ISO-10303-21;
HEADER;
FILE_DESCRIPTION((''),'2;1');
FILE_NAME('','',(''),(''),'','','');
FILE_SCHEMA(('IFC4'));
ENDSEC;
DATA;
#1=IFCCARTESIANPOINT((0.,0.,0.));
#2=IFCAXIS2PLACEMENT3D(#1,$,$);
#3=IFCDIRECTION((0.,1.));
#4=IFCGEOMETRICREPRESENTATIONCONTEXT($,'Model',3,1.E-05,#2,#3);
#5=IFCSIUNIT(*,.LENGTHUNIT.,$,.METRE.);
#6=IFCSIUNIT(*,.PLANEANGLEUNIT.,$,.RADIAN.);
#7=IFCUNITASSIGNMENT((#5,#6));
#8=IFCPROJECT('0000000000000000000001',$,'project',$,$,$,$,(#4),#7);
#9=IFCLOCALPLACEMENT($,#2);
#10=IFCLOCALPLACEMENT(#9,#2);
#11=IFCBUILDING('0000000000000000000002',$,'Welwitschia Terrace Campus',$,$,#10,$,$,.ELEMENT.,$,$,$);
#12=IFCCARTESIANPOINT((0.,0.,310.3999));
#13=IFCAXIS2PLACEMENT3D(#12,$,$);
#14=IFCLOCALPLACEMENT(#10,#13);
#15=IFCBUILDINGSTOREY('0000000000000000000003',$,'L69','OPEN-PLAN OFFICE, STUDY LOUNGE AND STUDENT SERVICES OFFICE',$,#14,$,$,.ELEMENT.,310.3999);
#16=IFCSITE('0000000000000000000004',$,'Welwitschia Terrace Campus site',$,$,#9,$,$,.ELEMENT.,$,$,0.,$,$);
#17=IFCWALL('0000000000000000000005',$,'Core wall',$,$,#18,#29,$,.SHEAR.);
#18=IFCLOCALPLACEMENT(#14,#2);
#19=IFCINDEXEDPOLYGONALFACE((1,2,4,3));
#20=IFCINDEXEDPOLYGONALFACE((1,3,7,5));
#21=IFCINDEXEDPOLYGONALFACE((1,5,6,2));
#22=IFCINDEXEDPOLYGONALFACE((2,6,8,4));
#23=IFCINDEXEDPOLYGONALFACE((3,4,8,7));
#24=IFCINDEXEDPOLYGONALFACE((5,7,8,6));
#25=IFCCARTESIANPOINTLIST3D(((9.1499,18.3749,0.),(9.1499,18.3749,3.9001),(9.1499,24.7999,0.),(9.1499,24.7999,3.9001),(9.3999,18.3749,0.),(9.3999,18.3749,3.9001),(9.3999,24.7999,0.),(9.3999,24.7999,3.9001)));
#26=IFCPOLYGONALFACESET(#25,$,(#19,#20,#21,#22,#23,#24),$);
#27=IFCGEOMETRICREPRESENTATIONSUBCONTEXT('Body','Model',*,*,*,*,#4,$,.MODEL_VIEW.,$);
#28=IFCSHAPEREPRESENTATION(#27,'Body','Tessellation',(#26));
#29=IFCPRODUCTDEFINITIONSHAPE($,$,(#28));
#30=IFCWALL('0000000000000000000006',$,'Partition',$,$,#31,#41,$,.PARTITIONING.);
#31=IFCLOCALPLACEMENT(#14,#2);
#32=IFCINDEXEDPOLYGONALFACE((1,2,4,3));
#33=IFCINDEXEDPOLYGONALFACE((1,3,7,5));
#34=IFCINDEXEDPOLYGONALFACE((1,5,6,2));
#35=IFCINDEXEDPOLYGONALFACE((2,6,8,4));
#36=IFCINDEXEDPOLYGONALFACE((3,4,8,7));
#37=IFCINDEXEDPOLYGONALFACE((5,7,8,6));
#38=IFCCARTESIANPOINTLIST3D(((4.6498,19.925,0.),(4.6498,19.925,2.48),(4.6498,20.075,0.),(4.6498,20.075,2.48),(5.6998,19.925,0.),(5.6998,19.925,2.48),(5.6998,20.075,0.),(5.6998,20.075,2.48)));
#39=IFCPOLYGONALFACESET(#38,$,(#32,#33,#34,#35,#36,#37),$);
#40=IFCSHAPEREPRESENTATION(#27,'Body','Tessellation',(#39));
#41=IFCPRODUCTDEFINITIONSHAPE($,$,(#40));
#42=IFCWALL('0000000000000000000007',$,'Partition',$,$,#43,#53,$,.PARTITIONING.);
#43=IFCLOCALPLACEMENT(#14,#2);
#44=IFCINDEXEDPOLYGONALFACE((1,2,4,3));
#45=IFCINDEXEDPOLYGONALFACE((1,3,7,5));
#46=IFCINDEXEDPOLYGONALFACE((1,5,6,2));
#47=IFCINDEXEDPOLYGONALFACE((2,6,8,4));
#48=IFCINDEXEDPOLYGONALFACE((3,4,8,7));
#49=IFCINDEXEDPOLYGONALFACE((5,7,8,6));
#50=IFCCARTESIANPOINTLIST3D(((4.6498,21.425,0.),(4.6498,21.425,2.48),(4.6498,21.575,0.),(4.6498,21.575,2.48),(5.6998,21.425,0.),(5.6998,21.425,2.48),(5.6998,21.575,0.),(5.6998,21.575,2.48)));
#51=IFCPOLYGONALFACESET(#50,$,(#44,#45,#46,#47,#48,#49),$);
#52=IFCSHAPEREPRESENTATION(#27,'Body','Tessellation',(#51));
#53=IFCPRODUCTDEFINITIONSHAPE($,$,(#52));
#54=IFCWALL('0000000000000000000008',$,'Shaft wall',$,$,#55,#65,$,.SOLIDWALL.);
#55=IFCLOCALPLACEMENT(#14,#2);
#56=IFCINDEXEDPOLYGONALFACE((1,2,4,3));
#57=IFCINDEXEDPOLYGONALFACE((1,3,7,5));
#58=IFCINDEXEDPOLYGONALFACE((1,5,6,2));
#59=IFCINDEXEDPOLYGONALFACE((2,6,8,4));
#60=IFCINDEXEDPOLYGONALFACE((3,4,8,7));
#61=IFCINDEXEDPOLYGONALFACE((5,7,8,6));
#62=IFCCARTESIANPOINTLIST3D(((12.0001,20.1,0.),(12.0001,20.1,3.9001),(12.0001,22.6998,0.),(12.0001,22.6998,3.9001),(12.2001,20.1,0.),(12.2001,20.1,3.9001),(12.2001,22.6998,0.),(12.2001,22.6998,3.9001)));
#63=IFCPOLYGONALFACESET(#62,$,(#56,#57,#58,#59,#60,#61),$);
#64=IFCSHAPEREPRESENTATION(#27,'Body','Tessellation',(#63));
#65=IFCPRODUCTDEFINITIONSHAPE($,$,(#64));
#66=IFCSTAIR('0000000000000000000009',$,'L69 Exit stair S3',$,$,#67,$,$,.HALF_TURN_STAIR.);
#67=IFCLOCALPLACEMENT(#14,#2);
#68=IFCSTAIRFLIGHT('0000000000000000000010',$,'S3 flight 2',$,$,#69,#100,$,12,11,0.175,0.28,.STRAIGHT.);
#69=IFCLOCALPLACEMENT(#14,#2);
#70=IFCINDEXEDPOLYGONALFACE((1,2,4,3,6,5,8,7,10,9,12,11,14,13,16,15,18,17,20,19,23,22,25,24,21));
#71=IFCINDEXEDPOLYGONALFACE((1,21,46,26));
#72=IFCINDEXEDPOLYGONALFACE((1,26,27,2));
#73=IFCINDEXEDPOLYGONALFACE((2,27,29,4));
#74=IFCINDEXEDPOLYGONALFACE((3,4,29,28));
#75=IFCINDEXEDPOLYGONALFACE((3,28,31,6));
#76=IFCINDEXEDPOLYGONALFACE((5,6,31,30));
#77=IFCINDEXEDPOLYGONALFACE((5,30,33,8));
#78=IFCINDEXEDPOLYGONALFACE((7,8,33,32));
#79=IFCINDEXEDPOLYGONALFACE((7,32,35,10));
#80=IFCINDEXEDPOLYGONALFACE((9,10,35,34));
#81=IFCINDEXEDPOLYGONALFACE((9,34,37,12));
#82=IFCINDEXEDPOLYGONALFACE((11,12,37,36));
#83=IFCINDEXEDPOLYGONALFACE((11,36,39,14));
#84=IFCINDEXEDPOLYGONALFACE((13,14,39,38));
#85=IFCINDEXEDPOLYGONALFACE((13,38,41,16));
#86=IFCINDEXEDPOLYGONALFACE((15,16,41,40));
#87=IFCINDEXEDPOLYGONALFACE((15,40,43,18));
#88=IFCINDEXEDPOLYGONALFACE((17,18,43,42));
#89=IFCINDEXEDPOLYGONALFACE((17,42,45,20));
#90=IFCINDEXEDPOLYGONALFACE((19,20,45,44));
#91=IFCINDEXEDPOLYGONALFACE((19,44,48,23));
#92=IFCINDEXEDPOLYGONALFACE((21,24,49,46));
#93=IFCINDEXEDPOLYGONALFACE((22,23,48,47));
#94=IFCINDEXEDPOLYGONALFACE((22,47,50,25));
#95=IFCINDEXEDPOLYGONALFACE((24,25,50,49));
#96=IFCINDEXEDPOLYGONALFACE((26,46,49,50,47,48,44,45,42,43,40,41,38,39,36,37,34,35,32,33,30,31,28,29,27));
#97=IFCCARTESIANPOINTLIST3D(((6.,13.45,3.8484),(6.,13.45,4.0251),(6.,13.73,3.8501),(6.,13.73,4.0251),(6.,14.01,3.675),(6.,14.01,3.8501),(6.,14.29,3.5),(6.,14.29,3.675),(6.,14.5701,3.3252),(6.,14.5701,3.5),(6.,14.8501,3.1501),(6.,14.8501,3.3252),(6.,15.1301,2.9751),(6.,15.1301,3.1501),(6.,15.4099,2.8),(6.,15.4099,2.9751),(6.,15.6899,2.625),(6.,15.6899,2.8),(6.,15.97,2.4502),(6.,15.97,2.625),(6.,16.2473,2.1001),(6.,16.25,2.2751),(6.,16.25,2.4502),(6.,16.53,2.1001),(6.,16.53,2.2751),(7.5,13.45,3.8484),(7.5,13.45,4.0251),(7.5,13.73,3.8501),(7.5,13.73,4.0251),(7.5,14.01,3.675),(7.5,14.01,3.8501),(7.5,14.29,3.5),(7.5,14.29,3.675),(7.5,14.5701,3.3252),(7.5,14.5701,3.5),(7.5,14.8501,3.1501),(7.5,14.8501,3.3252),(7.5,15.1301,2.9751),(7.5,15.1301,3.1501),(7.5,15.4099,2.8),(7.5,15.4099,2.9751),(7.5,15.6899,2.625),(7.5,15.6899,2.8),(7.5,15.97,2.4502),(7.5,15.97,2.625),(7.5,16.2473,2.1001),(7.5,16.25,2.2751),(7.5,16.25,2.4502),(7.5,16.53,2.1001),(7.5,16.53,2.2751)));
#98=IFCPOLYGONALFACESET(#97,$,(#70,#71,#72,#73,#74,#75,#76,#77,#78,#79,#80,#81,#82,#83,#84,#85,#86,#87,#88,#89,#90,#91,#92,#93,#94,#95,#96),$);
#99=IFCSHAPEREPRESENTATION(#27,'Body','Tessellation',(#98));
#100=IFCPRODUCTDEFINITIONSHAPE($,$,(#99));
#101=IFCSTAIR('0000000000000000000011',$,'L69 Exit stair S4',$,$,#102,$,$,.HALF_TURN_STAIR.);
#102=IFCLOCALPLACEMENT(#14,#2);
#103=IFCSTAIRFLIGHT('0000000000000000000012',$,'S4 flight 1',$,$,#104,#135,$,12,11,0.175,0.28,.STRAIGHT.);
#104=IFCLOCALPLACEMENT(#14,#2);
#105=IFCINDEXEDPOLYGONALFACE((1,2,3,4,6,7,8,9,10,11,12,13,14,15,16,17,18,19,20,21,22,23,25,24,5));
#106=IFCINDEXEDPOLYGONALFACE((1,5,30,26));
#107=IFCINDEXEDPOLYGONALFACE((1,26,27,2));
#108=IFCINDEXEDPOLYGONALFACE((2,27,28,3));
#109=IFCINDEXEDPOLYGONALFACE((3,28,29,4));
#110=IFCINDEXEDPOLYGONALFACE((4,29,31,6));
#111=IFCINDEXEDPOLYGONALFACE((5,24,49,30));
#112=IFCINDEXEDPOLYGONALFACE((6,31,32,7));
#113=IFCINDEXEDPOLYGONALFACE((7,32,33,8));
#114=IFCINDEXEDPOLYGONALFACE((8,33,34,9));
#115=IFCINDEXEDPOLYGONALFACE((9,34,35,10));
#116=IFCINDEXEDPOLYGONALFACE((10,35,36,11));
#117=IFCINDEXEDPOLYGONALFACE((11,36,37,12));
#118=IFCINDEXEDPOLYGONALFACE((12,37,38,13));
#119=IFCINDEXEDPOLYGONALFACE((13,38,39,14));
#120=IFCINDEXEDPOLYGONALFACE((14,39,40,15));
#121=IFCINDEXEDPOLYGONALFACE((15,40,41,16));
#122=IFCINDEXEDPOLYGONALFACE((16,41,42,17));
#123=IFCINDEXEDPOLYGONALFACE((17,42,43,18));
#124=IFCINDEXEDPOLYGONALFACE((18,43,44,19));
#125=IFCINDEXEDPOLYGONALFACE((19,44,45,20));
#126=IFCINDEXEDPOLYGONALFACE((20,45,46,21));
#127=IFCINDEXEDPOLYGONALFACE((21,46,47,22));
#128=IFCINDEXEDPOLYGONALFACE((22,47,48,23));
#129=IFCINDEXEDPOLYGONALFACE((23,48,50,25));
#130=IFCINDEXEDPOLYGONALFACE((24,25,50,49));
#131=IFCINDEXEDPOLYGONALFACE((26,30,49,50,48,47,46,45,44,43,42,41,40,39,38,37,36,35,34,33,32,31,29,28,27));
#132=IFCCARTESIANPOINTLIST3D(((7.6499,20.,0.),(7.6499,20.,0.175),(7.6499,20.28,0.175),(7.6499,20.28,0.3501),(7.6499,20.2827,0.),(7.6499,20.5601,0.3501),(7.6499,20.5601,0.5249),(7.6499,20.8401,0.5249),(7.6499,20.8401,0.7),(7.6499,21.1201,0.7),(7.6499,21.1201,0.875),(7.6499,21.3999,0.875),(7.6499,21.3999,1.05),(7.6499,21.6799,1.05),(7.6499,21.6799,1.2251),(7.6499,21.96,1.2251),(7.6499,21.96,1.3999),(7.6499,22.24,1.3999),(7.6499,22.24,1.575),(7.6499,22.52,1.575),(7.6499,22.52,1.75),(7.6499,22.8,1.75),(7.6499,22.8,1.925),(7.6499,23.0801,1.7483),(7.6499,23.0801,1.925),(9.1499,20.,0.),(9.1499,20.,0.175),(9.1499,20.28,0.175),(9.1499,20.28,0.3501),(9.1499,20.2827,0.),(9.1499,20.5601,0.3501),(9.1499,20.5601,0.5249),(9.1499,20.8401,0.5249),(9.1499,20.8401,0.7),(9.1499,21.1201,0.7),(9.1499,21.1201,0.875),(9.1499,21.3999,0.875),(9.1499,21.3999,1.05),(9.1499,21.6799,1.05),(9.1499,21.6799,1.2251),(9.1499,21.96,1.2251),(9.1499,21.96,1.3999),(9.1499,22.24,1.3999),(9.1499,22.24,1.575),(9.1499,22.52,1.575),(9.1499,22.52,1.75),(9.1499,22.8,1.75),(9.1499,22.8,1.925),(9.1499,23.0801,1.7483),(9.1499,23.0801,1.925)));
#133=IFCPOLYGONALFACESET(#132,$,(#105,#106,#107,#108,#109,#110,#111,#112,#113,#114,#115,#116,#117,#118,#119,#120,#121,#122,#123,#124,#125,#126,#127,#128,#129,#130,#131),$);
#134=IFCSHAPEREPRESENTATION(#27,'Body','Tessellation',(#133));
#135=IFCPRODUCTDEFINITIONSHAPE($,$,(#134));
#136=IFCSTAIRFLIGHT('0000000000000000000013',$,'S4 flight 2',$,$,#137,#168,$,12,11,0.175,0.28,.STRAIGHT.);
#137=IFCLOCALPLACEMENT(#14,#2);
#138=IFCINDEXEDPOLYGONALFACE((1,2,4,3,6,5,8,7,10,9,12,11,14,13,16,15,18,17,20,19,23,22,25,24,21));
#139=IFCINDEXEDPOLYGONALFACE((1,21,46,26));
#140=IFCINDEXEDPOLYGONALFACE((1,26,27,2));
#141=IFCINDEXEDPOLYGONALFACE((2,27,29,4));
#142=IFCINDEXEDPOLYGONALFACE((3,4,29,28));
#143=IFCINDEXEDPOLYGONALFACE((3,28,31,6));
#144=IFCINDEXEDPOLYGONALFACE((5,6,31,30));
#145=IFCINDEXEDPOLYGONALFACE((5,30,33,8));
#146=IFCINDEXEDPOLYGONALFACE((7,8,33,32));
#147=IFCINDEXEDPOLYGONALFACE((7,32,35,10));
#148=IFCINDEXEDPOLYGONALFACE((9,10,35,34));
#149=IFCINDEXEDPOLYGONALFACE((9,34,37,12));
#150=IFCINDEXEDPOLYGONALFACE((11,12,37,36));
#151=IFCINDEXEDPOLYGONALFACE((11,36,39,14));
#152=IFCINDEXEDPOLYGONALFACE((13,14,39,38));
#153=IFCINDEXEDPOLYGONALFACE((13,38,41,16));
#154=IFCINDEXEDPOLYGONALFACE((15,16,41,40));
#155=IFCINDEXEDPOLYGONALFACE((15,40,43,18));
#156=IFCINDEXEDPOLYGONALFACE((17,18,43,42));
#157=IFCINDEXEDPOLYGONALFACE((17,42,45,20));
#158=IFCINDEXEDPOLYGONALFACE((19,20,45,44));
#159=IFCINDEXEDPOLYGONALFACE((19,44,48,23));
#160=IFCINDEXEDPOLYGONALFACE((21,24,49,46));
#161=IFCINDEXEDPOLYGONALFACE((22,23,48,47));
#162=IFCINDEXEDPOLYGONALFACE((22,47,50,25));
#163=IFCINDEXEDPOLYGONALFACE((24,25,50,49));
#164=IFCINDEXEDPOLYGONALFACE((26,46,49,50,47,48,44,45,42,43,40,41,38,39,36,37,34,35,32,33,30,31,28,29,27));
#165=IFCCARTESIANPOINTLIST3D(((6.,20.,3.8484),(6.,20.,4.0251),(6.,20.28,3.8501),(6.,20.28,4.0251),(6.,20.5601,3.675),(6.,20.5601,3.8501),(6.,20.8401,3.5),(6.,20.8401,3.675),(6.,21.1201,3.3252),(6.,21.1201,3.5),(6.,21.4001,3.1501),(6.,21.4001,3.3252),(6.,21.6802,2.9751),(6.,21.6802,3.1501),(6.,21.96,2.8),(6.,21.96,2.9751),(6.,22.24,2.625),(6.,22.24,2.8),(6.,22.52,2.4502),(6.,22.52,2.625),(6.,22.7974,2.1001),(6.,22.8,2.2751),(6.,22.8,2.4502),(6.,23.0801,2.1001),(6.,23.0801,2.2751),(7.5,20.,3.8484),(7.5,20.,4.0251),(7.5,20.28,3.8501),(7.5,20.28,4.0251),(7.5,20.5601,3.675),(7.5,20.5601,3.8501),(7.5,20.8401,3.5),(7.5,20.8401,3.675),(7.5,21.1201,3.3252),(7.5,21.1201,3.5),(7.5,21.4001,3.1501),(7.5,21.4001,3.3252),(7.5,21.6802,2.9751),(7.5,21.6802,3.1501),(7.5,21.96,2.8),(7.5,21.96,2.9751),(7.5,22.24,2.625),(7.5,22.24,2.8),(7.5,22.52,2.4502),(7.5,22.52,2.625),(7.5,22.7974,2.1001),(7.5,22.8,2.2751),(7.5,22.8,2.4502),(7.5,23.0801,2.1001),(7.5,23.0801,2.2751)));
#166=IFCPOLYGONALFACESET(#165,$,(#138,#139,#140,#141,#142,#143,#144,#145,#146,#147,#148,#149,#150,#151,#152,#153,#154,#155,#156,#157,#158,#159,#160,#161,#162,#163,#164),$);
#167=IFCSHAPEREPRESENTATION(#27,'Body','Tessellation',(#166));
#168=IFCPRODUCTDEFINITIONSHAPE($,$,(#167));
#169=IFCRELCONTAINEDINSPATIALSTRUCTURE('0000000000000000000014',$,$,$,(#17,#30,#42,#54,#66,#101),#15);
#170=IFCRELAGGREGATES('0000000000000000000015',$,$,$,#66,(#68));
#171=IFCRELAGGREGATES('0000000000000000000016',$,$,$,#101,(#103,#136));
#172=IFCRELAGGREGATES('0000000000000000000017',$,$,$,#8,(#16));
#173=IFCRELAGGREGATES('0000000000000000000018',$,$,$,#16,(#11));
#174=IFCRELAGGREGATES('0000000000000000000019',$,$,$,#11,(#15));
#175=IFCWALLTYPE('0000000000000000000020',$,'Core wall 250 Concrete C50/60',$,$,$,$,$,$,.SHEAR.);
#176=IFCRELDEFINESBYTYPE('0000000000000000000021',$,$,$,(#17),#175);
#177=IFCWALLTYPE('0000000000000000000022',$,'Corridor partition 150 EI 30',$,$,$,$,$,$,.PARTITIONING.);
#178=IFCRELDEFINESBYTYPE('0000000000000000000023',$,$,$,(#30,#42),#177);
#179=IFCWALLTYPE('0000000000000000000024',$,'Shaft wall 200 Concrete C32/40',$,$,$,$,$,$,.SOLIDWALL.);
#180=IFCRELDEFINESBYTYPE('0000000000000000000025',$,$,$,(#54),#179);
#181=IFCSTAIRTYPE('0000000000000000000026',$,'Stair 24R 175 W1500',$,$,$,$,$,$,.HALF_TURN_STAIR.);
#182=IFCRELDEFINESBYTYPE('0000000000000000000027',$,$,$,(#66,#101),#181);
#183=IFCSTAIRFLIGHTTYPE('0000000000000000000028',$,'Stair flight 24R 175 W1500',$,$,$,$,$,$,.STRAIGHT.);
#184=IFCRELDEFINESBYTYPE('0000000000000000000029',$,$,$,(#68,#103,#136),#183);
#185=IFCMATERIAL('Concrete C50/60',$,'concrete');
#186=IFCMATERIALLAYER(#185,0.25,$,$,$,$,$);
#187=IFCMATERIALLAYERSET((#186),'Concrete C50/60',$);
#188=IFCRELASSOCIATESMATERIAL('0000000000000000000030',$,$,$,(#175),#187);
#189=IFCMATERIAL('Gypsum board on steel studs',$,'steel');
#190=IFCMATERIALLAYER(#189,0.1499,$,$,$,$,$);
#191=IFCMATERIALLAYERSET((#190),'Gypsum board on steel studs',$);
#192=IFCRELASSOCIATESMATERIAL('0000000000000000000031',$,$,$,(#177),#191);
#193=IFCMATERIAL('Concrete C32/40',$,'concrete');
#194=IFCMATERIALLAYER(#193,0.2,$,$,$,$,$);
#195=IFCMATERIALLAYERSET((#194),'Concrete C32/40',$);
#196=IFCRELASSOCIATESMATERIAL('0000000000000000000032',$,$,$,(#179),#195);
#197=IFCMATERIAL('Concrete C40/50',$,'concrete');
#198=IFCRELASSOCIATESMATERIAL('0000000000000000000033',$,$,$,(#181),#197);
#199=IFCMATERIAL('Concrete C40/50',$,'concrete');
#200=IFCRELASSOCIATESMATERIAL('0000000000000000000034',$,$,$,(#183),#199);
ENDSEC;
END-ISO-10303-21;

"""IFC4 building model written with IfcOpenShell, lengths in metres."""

from ifc_helpers import new_model, si_unit, direction, frame, frame_2d, origin, place, context, subcontext, project, spatial, polyline, rectangle, outline, extrude, material, layer, layer_set, type_object, element, aggregate, save


model = new_model("IFC4")

# Units and contexts
model_context = context("Model", 3, precision=1e-05, world=origin(), true_north=direction((0.0, 1.0)))
body_context = subcontext(model_context, "Body", "Model", "MODEL_VIEW")
ifc_project = project(units=[si_unit("LENGTHUNIT", "METRE"), si_unit("PLANEANGLEUNIT", "RADIAN")], contexts=[model_context])

# Site, building, storey
site_placement = place(None, origin())
site = spatial("IfcSite", under=ifc_project, at=site_placement, Name="Welwitschia Terrace Campus site", CompositionType="ELEMENT", RefElevation=0.0)
building_placement = place(site_placement, origin())
building = spatial("IfcBuilding", under=site, at=building_placement, Name="Welwitschia Terrace Campus", CompositionType="ELEMENT")
storey_placement = place(building_placement, frame((0.0, 0.0, 310.3999)))
storey = spatial("IfcBuildingStorey", under=building, at=storey_placement, Name="L69", Description="OPEN-PLAN OFFICE, STUDY LOUNGE AND STUDENT SERVICES OFFICE", CompositionType="ELEMENT", Elevation=310.3999)

# Shared definitions
ifc_material_1 = material(Name="Concrete C50/60", Category="concrete")
ifc_layer_1 = layer(ifc_material_1, 0.25)
ifc_layer_set_1 = layer_set([ifc_layer_1], Name="Concrete C50/60")
wall_type_1 = type_object("IfcWallType", Name="Core wall 250 Concrete C50/60", PredefinedType="SHEAR", material=ifc_layer_set_1)

# Walls
wall_1_placement = place(storey_placement, frame((9.2749, 18.375, 0.0), z_axis=(0.0, 0.0, 1.0), x_axis=(0.0, 1.0, 0.0)))
element("IfcWall", 1, at=wall_1_placement, inside=storey, type_object=wall_type_1, Name="Core wall", PredefinedType="SHEAR", context=body_context, shape_type="SweptSolid", body=[
    extrude(rectangle(XDim=6.425, YDim=0.25, at=frame_2d((3.2124, 0.0))), origin(), (0.0, 0.0, 1.0), 3.9001),
])
ifc_material_2 = material(Name="Gypsum board on steel studs", Category="steel")
ifc_layer_2 = layer(ifc_material_2, 0.1499)
ifc_layer_set_2 = layer_set([ifc_layer_2], Name="Gypsum board on steel studs")
wall_type_2 = type_object("IfcWallType", Name="Corridor partition 150 EI 30", PredefinedType="PARTITIONING", material=ifc_layer_set_2)
for number, where, z_axis, x_axis, name in (
    (2, (4.6499, 20.0, 0.0), (0.0, 0.0, 1.0), (1.0, 0.0, 0.0), "Partition"),
    (3, (4.6499, 21.5, 0.0), (0.0, 0.0, 1.0), (1.0, 0.0, 0.0), "Partition"),
):
    element("IfcWall", number, at=place(storey_placement, frame(where, z_axis=z_axis, x_axis=x_axis)), inside=storey, type_object=wall_type_2, Name=name, PredefinedType="PARTITIONING", context=body_context, shape_type="SweptSolid", body=[
        extrude(rectangle(XDim=1.05, YDim=0.1499, at=frame_2d((0.5249, 0.0))), origin(), (0.0, 0.0, 1.0), 2.48),
    ])
ifc_material_3 = material(Name="Concrete C32/40", Category="concrete")
ifc_layer_3 = layer(ifc_material_3, 0.2)
ifc_layer_set_3 = layer_set([ifc_layer_3], Name="Concrete C32/40")
wall_type_3 = type_object("IfcWallType", Name="Shaft wall 200 Concrete C32/40", PredefinedType="SOLIDWALL", material=ifc_layer_set_3)
wall_2_placement = place(storey_placement, frame((12.1001, 20.1001, 0.0), z_axis=(0.0, 0.0, 1.0), x_axis=(0.0, 1.0, 0.0)))
element("IfcWall", 4, at=wall_2_placement, inside=storey, type_object=wall_type_3, Name="Shaft wall", PredefinedType="SOLIDWALL", context=body_context, shape_type="SweptSolid", body=[
    extrude(rectangle(XDim=2.5999, YDim=0.2, at=frame_2d((1.2998, 0.0))), origin(), (0.0, 0.0, 1.0), 3.9001),
])

# Stair, stair flight
ifc_material_4 = material(Name="Concrete C40/50", Category="concrete")
stair_type = type_object("IfcStairType", Name="Stair 24R 175 W1500", PredefinedType="HALF_TURN_STAIR", material=ifc_material_4)
stair_1_placement = place(storey_placement, origin())
stair_1 = element("IfcStair", 5, at=stair_1_placement, inside=storey, type_object=stair_type, Name="L69 Exit stair S3", PredefinedType="HALF_TURN_STAIR")
ifc_material_5 = material(Name="Concrete C40/50", Category="concrete")
stair_flight_type = type_object("IfcStairFlightType", Name="Stair flight 24R 175 W1500", PredefinedType="STRAIGHT", material=ifc_material_5)
stair_flight_1_placement = place(storey_placement, frame((6.75, 16.53, 2.1001), z_axis=(0.0, 0.0, 1.0), x_axis=(0.0, -1.0, 0.0)))
stair_flight_1 = element("IfcStairFlight", 6, at=stair_flight_1_placement, type_object=stair_flight_type, Name="S3 flight 2", NumberOfRisers=12, NumberOfTreads=11, PredefinedType="STRAIGHT", RiserHeight=0.175, TreadLength=0.28, context=body_context, shape_type="SweptSolid", body=[
    extrude(outline(polyline([(0.0, 0.0), (0.0, 0.175), (0.28, 0.175), (0.28, 0.3501), (0.5601, 0.3501), (0.5601, 0.5249), (0.8401, 0.5249), (0.8401, 0.7), (1.1201, 0.7), (1.1201, 0.875), (1.3999, 0.875), (1.3999, 1.05), (1.6799, 1.05), (1.6799, 1.2251), (1.96, 1.2251), (1.96, 1.3999), (2.24, 1.3999), (2.24, 1.575), (2.52, 1.575), (2.52, 1.75), (2.8, 1.75), (2.8, 1.925), (3.0801, 1.925), (3.0801, 2.1001), (3.0801, 1.7483), (0.2827, 0.0), (0.0, 0.0)])), frame((0.0, 0.75, 0.0), z_axis=(0.0, -1.0, 0.0), x_axis=(1.0, 0.0, 0.0)), (0.0, 0.0, 1.0), 1.5),
])
aggregate(stair_1, [stair_flight_1])

# Stair, stair flights
stair_2_placement = place(storey_placement, origin())
stair_2 = element("IfcStair", 7, at=stair_2_placement, inside=storey, type_object=stair_type, Name="L69 Exit stair S4", PredefinedType="HALF_TURN_STAIR")
stair_flight_2_placement = place(storey_placement, frame((8.3999, 20.0, 0.0), z_axis=(0.0, 0.0, 1.0), x_axis=(0.0, 1.0, 0.0)))
stair_flight_2 = element("IfcStairFlight", 8, at=stair_flight_2_placement, type_object=stair_flight_type, Name="S4 flight 1", NumberOfRisers=12, NumberOfTreads=11, PredefinedType="STRAIGHT", RiserHeight=0.175, TreadLength=0.28, context=body_context, shape_type="SweptSolid", body=[
    extrude(outline(polyline([(0.0, 0.0), (0.0, 0.175), (0.28, 0.175), (0.28, 0.3501), (0.5601, 0.3501), (0.5601, 0.5249), (0.8401, 0.5249), (0.8401, 0.7), (1.1201, 0.7), (1.1201, 0.875), (1.3999, 0.875), (1.3999, 1.05), (1.6799, 1.05), (1.6799, 1.2251), (1.96, 1.2251), (1.96, 1.3999), (2.24, 1.3999), (2.24, 1.575), (2.52, 1.575), (2.52, 1.75), (2.8, 1.75), (2.8, 1.925), (3.0801, 1.925), (3.0801, 2.1001), (3.0801, 1.7483), (0.2827, 0.0), (0.0, 0.0)])), frame((0.0, 0.75, 0.0), z_axis=(0.0, -1.0, 0.0), x_axis=(1.0, 0.0, 0.0)), (0.0, 0.0, 1.0), 1.5),
])
stair_flight_3_placement = place(storey_placement, frame((6.75, 23.0801, 2.1001), z_axis=(0.0, 0.0, 1.0), x_axis=(0.0, -1.0, 0.0)))
stair_flight_3 = element("IfcStairFlight", 9, at=stair_flight_3_placement, type_object=stair_flight_type, Name="S4 flight 2", NumberOfRisers=12, NumberOfTreads=11, PredefinedType="STRAIGHT", RiserHeight=0.175, TreadLength=0.28, context=body_context, shape_type="SweptSolid", body=[
    extrude(outline(polyline([(0.0, 0.0), (0.0, 0.175), (0.28, 0.175), (0.28, 0.3501), (0.5601, 0.3501), (0.5601, 0.5249), (0.8401, 0.5249), (0.8401, 0.7), (1.1201, 0.7), (1.1201, 0.875), (1.3999, 0.875), (1.3999, 1.05), (1.6799, 1.05), (1.6799, 1.2251), (1.96, 1.2251), (1.96, 1.3999), (2.24, 1.3999), (2.24, 1.575), (2.52, 1.575), (2.52, 1.75), (2.8, 1.75), (2.8, 1.925), (3.0801, 1.925), (3.0801, 2.1001), (3.0801, 1.7483), (0.2827, 0.0), (0.0, 0.0)])), frame((0.0, 0.75, 0.0), z_axis=(0.0, -1.0, 0.0), x_axis=(1.0, 0.0, 0.0)), (0.0, 0.0, 1.0), 1.5),
])
aggregate(stair_2, [stair_flight_2, stair_flight_3])

save(model, "model.ifc")
